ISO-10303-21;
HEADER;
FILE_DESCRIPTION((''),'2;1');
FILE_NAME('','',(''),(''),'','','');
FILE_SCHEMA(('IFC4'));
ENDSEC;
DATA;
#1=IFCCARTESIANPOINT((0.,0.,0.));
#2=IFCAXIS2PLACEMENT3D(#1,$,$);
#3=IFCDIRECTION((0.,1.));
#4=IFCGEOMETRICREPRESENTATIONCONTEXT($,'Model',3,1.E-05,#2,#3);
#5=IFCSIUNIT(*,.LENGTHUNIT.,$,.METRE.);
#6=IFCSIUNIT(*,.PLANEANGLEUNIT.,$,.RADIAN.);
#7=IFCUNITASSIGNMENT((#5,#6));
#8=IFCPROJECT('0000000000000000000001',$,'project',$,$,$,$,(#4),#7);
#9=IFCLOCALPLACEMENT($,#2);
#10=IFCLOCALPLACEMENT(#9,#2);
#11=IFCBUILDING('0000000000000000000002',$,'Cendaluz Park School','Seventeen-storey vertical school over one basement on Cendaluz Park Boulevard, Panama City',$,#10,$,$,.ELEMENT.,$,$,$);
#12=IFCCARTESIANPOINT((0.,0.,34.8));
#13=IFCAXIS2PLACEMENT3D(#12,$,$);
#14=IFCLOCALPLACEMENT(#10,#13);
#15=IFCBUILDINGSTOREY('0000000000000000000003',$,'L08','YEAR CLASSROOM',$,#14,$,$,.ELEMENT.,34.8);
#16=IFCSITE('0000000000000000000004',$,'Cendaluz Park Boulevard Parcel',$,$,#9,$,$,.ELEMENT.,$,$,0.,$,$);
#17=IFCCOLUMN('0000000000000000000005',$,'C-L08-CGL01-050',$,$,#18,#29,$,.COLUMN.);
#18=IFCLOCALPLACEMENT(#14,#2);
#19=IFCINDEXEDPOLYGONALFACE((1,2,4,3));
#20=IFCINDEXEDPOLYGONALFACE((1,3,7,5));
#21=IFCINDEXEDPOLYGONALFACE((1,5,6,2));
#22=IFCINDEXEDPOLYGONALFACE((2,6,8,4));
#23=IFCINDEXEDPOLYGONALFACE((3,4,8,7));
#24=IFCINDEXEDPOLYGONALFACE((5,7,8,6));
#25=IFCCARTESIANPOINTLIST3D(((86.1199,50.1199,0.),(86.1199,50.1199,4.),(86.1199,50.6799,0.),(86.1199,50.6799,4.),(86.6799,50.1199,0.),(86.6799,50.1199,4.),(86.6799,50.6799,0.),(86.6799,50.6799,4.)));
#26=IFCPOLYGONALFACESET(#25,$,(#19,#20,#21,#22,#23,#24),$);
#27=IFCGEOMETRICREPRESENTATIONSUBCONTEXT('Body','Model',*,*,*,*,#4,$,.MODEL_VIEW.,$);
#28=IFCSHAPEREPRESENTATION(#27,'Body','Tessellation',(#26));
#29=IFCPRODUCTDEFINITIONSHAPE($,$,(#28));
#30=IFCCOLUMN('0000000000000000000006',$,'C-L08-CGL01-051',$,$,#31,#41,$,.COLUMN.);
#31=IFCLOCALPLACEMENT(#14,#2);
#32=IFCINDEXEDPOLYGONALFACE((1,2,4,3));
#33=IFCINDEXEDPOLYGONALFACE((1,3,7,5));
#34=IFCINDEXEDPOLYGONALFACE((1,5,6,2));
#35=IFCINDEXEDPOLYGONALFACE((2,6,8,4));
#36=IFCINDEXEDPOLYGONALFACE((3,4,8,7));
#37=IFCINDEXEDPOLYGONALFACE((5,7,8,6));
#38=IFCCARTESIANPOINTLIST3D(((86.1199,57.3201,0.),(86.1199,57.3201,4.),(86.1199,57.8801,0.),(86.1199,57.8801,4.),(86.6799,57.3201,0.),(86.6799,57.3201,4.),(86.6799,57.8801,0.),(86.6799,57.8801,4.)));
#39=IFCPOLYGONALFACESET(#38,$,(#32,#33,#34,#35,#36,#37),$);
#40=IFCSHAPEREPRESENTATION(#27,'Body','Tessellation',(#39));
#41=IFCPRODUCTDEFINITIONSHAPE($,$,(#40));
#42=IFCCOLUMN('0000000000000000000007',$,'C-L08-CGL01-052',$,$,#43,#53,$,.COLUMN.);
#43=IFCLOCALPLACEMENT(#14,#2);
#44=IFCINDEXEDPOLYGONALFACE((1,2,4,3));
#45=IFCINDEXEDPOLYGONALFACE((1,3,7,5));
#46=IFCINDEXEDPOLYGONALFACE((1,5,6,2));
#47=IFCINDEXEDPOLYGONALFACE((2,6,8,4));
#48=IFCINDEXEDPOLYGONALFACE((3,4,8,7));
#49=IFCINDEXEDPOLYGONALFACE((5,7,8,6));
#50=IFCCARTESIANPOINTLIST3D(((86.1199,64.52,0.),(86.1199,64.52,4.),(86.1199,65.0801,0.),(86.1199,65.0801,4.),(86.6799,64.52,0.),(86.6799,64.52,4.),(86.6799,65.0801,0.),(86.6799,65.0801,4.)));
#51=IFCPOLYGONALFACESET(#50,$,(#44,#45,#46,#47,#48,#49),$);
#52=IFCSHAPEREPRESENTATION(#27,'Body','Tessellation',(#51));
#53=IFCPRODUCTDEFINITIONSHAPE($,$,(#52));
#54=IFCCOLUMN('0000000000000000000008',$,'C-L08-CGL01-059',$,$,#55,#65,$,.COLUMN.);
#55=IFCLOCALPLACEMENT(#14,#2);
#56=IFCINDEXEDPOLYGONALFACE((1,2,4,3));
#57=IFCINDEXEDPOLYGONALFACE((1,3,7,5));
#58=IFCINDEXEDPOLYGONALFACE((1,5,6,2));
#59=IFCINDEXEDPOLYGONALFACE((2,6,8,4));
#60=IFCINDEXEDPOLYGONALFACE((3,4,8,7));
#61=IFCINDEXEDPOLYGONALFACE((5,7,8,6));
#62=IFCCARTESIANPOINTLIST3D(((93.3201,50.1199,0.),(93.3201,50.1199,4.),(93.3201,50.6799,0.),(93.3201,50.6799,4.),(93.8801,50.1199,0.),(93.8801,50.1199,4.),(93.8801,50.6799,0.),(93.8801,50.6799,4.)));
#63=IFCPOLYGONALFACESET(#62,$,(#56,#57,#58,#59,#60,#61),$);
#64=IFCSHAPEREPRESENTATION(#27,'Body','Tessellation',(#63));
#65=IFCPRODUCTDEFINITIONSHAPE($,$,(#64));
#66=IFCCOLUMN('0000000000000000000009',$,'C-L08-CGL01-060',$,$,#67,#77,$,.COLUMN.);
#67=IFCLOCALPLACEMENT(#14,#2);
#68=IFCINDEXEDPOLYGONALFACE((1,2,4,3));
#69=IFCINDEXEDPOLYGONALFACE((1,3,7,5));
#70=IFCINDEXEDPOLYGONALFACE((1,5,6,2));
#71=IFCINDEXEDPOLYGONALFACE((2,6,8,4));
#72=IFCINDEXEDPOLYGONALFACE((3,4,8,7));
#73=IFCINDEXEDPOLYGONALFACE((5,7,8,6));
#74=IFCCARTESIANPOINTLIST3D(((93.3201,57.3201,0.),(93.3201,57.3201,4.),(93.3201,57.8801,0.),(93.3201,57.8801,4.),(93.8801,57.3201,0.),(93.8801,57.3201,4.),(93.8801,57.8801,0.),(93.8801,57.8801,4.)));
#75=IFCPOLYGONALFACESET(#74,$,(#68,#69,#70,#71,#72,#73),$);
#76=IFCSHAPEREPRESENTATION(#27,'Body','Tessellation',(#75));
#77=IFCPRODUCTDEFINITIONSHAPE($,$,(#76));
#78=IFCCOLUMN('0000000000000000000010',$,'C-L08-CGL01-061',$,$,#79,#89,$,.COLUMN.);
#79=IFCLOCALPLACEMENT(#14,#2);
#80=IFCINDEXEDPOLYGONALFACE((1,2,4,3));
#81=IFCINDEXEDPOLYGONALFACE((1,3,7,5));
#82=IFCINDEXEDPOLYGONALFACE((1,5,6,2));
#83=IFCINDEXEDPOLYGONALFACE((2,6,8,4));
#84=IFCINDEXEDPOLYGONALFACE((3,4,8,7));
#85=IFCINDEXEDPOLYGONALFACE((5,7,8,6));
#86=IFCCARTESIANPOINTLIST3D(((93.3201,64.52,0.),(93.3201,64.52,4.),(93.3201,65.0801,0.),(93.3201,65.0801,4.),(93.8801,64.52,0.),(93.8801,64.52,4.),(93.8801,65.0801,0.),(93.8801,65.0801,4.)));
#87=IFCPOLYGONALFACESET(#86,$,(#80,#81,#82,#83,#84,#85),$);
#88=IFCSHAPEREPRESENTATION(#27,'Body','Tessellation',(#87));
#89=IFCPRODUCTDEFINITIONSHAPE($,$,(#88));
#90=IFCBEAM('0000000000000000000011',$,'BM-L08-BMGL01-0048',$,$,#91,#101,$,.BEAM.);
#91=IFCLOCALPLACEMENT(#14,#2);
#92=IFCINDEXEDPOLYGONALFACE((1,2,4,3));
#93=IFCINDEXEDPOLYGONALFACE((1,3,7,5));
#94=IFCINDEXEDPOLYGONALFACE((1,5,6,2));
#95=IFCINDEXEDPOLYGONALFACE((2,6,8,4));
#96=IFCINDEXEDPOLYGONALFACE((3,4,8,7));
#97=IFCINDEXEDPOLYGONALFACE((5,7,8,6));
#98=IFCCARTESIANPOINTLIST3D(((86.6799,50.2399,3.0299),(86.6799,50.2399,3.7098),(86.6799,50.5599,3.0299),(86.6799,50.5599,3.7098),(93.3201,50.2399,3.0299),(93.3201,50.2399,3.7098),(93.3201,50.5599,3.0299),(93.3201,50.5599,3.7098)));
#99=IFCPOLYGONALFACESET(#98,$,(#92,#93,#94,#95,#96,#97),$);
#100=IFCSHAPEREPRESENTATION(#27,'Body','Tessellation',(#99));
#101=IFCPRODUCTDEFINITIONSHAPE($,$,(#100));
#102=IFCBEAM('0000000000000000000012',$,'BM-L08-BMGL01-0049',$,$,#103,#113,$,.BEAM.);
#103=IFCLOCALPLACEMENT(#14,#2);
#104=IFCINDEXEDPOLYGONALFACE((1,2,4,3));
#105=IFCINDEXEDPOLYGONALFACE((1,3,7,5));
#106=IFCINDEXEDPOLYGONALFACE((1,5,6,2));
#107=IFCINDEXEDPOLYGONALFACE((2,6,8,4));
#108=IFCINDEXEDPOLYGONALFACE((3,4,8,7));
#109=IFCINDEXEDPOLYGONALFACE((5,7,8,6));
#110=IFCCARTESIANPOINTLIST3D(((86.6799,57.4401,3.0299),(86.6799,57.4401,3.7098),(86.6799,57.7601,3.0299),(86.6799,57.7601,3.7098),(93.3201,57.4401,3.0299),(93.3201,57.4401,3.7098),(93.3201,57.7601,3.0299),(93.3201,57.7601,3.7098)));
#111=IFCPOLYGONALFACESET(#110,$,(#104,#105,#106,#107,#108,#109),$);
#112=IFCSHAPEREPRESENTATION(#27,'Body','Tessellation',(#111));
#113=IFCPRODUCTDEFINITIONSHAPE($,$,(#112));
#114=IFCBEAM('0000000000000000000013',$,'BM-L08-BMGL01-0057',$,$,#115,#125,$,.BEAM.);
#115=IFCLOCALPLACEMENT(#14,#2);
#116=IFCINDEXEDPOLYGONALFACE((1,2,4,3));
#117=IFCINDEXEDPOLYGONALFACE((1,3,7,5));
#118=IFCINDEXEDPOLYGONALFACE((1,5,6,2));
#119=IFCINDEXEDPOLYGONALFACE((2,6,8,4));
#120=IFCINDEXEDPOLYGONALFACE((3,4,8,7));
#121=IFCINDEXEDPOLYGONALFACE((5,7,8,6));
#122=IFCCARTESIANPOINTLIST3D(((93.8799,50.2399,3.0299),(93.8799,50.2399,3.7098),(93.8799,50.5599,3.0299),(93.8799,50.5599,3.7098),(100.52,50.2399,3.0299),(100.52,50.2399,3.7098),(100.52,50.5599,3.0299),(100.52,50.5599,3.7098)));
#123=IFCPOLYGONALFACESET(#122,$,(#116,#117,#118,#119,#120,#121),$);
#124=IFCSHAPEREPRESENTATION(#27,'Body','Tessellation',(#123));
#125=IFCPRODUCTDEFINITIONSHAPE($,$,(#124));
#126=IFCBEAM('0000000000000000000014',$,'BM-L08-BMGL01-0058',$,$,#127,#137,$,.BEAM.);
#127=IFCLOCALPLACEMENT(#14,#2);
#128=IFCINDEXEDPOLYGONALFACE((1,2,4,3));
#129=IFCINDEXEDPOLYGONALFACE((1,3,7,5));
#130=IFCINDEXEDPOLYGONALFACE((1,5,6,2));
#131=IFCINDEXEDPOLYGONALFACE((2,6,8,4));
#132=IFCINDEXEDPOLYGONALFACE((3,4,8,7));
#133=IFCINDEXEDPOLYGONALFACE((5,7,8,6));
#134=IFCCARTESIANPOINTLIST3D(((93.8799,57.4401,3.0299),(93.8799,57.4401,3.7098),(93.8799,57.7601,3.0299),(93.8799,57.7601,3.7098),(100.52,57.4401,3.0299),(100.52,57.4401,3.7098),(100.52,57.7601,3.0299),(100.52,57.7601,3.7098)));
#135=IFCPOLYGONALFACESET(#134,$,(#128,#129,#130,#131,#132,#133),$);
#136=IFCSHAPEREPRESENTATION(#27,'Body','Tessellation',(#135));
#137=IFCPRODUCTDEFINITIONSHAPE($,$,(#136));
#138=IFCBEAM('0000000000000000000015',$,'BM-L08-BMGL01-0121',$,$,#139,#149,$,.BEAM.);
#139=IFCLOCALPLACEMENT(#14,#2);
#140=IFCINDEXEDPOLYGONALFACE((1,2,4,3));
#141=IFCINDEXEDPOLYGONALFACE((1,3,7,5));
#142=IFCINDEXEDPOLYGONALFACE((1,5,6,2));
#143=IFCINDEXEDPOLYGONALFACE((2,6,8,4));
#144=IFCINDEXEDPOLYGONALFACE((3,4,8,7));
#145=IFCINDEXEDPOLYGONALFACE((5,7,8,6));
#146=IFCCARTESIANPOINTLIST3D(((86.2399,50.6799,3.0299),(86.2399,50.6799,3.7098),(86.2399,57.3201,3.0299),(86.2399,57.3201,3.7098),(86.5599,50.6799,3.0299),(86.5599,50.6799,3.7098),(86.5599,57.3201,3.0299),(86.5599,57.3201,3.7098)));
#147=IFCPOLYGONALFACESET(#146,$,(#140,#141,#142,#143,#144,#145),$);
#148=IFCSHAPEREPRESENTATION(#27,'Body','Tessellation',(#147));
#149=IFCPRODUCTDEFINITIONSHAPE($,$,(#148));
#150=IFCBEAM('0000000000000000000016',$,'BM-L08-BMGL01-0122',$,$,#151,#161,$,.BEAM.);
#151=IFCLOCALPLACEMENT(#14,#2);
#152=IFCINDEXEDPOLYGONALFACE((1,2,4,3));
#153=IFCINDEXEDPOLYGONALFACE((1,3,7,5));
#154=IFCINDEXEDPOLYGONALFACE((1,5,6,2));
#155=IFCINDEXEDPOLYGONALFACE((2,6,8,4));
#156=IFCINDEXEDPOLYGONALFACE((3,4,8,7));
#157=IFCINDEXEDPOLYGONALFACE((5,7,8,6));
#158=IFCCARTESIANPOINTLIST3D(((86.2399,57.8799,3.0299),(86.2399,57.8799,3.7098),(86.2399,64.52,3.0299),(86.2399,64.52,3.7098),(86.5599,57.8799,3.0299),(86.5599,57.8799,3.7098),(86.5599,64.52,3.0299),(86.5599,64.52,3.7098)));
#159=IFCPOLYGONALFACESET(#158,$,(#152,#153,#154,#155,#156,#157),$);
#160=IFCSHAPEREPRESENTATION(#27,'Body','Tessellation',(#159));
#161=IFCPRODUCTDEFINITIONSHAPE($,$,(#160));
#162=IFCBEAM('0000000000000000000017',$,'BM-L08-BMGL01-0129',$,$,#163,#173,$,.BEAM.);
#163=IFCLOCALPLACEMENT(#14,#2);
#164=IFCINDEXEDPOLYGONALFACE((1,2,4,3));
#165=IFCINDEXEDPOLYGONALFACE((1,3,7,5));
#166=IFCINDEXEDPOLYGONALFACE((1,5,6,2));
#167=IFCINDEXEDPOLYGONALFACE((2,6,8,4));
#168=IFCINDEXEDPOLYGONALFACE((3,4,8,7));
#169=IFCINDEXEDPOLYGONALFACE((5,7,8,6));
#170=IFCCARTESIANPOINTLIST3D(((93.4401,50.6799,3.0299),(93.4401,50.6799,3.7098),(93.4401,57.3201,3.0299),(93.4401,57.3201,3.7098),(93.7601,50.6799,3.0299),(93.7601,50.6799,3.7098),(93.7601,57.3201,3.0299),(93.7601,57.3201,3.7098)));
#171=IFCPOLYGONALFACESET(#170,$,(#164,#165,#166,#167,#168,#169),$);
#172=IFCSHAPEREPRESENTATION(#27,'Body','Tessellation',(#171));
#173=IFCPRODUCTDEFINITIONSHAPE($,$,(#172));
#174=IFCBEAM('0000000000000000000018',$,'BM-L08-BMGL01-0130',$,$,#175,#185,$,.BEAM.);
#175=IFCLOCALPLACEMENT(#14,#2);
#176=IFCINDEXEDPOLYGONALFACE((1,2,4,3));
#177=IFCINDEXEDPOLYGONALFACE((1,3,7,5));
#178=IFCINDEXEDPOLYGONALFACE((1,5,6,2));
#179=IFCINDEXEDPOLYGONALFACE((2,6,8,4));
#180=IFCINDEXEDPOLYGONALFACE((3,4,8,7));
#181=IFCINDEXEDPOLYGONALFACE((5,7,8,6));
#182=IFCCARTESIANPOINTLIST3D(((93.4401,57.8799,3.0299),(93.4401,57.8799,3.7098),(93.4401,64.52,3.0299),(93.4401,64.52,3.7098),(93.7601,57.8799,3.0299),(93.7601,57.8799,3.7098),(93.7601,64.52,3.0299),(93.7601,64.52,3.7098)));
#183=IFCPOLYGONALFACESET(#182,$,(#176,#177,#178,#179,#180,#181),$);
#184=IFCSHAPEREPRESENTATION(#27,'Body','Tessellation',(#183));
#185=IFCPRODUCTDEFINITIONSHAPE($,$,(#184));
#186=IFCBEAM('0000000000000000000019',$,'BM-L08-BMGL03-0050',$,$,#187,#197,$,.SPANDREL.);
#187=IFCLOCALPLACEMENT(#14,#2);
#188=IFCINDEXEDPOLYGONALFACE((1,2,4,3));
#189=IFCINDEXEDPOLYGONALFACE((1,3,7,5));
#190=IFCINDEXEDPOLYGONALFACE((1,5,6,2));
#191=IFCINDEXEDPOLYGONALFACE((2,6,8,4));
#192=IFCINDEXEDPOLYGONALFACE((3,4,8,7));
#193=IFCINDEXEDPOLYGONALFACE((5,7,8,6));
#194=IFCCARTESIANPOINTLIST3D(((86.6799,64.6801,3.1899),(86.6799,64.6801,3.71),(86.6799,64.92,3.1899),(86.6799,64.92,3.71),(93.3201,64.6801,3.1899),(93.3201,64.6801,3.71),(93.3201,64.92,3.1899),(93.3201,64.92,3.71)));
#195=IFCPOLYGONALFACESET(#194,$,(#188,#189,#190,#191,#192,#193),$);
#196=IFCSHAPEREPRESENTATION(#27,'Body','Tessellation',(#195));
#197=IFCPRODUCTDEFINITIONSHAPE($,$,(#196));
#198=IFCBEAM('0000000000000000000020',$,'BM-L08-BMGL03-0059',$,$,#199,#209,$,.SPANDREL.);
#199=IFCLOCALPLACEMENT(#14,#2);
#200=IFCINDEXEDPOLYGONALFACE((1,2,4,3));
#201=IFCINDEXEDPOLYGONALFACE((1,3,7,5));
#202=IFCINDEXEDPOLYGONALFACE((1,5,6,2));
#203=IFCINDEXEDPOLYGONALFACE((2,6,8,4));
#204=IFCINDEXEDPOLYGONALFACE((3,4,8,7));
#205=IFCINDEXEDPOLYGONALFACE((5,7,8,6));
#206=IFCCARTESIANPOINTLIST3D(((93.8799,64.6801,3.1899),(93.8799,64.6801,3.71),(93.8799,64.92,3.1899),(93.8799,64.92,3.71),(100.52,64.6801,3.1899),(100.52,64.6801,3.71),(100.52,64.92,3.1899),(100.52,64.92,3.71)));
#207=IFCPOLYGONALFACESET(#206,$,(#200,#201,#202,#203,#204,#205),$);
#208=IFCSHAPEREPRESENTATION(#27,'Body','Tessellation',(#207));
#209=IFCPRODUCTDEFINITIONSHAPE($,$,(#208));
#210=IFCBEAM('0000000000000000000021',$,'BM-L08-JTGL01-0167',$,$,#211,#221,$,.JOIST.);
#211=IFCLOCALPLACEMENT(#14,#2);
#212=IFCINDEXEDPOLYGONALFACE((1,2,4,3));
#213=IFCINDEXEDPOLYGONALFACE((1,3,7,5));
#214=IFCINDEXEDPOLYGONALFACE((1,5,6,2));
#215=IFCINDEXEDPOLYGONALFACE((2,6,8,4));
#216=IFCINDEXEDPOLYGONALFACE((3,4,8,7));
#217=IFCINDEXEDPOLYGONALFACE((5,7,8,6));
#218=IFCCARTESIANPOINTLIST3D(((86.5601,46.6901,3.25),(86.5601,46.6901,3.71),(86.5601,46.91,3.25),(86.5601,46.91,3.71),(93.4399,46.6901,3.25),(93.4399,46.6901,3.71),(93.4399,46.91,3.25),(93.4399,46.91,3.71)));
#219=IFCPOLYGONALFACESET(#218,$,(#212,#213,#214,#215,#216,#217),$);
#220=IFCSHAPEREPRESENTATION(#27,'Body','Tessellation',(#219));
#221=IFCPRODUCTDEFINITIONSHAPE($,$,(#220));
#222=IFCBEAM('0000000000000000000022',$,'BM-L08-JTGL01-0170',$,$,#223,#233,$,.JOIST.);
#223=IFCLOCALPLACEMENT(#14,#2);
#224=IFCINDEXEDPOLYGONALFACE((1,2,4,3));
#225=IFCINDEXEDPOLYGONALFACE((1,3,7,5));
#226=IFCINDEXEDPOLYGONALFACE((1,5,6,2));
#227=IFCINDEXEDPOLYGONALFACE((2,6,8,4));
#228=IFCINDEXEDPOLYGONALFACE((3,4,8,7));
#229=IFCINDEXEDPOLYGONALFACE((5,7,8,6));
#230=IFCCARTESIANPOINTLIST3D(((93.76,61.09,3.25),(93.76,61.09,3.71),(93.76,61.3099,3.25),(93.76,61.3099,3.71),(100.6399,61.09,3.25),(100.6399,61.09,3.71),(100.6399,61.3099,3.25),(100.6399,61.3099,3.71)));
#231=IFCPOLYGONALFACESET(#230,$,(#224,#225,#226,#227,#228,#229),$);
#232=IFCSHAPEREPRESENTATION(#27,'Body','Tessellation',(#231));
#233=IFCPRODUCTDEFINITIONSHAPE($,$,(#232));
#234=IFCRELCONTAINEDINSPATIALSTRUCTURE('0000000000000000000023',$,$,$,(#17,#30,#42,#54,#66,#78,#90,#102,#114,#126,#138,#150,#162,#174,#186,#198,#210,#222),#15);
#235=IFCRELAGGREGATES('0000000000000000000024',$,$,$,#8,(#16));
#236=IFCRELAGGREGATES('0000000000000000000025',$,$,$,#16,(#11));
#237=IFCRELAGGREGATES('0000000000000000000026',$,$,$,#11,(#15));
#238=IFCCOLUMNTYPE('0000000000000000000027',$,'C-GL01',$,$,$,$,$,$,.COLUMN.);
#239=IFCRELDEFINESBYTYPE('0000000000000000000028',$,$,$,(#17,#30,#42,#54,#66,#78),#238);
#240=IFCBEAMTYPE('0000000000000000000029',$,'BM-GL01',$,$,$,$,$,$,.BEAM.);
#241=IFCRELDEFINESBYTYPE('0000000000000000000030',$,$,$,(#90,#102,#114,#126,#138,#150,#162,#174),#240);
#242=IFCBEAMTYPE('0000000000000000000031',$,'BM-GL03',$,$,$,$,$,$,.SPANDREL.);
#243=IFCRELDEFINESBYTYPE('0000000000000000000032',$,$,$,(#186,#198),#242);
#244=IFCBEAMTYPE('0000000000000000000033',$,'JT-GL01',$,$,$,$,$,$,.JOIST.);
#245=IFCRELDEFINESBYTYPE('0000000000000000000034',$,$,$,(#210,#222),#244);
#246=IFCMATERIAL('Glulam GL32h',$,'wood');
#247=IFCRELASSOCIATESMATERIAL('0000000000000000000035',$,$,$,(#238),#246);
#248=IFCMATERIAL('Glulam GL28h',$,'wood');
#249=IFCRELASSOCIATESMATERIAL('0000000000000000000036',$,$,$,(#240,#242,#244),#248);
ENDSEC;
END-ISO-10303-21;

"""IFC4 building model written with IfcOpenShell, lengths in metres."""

from ifc_helpers import new_model, si_unit, direction, frame, origin, origin_2d, place, context, subcontext, project, spatial, rectangle, extrude, material, material_profile, profile_set, type_object, element, save


model = new_model("IFC4")

# Units and contexts
model_context = context("Model", 3, precision=1e-05, world=origin(), true_north=direction((0.0, 1.0)))
body_context = subcontext(model_context, "Body", "Model", "MODEL_VIEW")
ifc_project = project(units=[si_unit("LENGTHUNIT", "METRE"), si_unit("PLANEANGLEUNIT", "RADIAN")], contexts=[model_context])

# Site, building, storey
site_placement = place(None, origin())
site = spatial("IfcSite", under=ifc_project, at=site_placement, Name="Cendaluz Park Boulevard Parcel", CompositionType="ELEMENT", RefElevation=0.0)
building_placement = place(site_placement, origin())
building = spatial("IfcBuilding", under=site, at=building_placement, Name="Cendaluz Park School", Description="Seventeen-storey vertical school over one basement on Cendaluz Park Boulevard, Panama City", CompositionType="ELEMENT")
storey_placement = place(building_placement, frame((0.0, 0.0, 34.8)))
storey = spatial("IfcBuildingStorey", under=building, at=storey_placement, Name="L08", Description="YEAR CLASSROOM", CompositionType="ELEMENT", Elevation=34.8)

# Columns
ifc_material_1 = material(Name="Glulam GL32h", Category="wood")
ifc_material_profile_1 = material_profile(ifc_material_1, rectangle(XDim=0.5601, YDim=0.5601, at=origin_2d()), Name="GL32h 560x560", Category="wood")
ifc_profile_set_1 = profile_set([ifc_material_profile_1], Name="Glulam GL32h")
column_type = type_object("IfcColumnType", Name="C-GL01", PredefinedType="COLUMN", material=ifc_profile_set_1)
for number, where, z_axis, x_axis, name in (
    (1, (86.3999, 50.3999, 0.0), (0.0, 0.0, 1.0), (1.0, 0.0, 0.0), "C-L08-CGL01-050"),
    (2, (86.3999, 57.6001, 0.0), (0.0, 0.0, 1.0), (1.0, 0.0, 0.0), "C-L08-CGL01-051"),
    (3, (86.3999, 64.8, 0.0), (0.0, 0.0, 1.0), (1.0, 0.0, 0.0), "C-L08-CGL01-052"),
    (4, (93.6001, 50.3999, 0.0), (0.0, 0.0, 1.0), (1.0, 0.0, 0.0), "C-L08-CGL01-059"),
    (5, (93.6001, 57.6001, 0.0), (0.0, 0.0, 1.0), (1.0, 0.0, 0.0), "C-L08-CGL01-060"),
    (6, (93.6001, 64.8, 0.0), (0.0, 0.0, 1.0), (1.0, 0.0, 0.0), "C-L08-CGL01-061"),
):
    element("IfcColumn", number, at=place(storey_placement, frame(where, z_axis=z_axis, x_axis=x_axis)), inside=storey, type_object=column_type, Name=name, PredefinedType="COLUMN", context=body_context, shape_type="SweptSolid", body=[
        extrude(rectangle(XDim=0.5601, YDim=0.5601, at=origin_2d()), origin(), (0.0, 0.0, 1.0), 4.0),
    ])

# Beams
ifc_material_2 = material(Name="Glulam GL28h", Category="wood")
ifc_material_profile_2 = material_profile(ifc_material_2, rectangle(XDim=0.3201, YDim=0.6799, at=origin_2d()), Name="GL28h 320x680", Category="wood")
ifc_profile_set_2 = profile_set([ifc_material_profile_2], Name="Glulam GL28h")
beam_type_1 = type_object("IfcBeamType", Name="BM-GL01", PredefinedType="BEAM", material=ifc_profile_set_2)
for number, where, z_axis, x_axis, name in (
    (7, (86.6799, 50.3999, 3.3699), (1.0, 0.0, 0.0), (0.0, 1.0, 0.0), "BM-L08-BMGL01-0048"),
    (8, (86.6799, 57.6001, 3.3699), (1.0, 0.0, 0.0), (0.0, 1.0, 0.0), "BM-L08-BMGL01-0049"),
    (9, (93.8799, 50.3999, 3.3699), (1.0, 0.0, 0.0), (0.0, 1.0, 0.0), "BM-L08-BMGL01-0057"),
    (10, (93.8799, 57.6001, 3.3699), (1.0, 0.0, 0.0), (0.0, 1.0, 0.0), "BM-L08-BMGL01-0058"),
    (11, (86.3999, 50.6799, 3.3699), (0.0, 1.0, 0.0), (-1.0, 0.0, 0.0), "BM-L08-BMGL01-0121"),
    (12, (86.3999, 57.8799, 3.3699), (0.0, 1.0, 0.0), (-1.0, 0.0, 0.0), "BM-L08-BMGL01-0122"),
    (13, (93.6001, 50.6799, 3.3699), (0.0, 1.0, 0.0), (-1.0, 0.0, 0.0), "BM-L08-BMGL01-0129"),
    (14, (93.6001, 57.8799, 3.3699), (0.0, 1.0, 0.0), (-1.0, 0.0, 0.0), "BM-L08-BMGL01-0130"),
):
    element("IfcBeam", number, at=place(storey_placement, frame(where, z_axis=z_axis, x_axis=x_axis)), inside=storey, type_object=beam_type_1, Name=name, PredefinedType="BEAM", context=body_context, shape_type="SweptSolid", body=[
        extrude(rectangle(XDim=0.3201, YDim=0.6799, at=origin_2d()), origin(), (0.0, 0.0, 1.0), 6.6401),
    ])
ifc_material_profile_3 = material_profile(ifc_material_2, rectangle(XDim=0.24, YDim=0.52, at=origin_2d()), Name="GL28h 240x520", Category="wood")
ifc_profile_set_3 = profile_set([ifc_material_profile_3], Name="Glulam GL28h")
beam_type_2 = type_object("IfcBeamType", Name="BM-GL03", PredefinedType="SPANDREL", material=ifc_profile_set_3)
for number, where, z_axis, x_axis, name in (
    (15, (86.6799, 64.8, 3.45), (1.0, 0.0, 0.0), (0.0, 1.0, 0.0), "BM-L08-BMGL03-0050"),
    (16, (93.8799, 64.8, 3.45), (1.0, 0.0, 0.0), (0.0, 1.0, 0.0), "BM-L08-BMGL03-0059"),
):
    element("IfcBeam", number, at=place(storey_placement, frame(where, z_axis=z_axis, x_axis=x_axis)), inside=storey, type_object=beam_type_2, Name=name, PredefinedType="SPANDREL", context=body_context, shape_type="SweptSolid", body=[
        extrude(rectangle(XDim=0.24, YDim=0.52, at=origin_2d()), origin(), (0.0, 0.0, 1.0), 6.6401),
    ])
ifc_material_profile_4 = material_profile(ifc_material_2, rectangle(XDim=0.22, YDim=0.46, at=origin_2d()), Name="GL28h 220x460", Category="wood")
ifc_profile_set_4 = profile_set([ifc_material_profile_4], Name="Glulam GL28h")
beam_type_3 = type_object("IfcBeamType", Name="JT-GL01", PredefinedType="JOIST", material=ifc_profile_set_4)
for number, where, z_axis, x_axis, name in (
    (17, (86.5601, 46.8, 3.48), (1.0, 0.0, 0.0), (0.0, 1.0, 0.0), "BM-L08-JTGL01-0167"),
    (18, (93.76, 61.2, 3.48), (1.0, 0.0, 0.0), (0.0, 1.0, 0.0), "BM-L08-JTGL01-0170"),
):
    element("IfcBeam", number, at=place(storey_placement, frame(where, z_axis=z_axis, x_axis=x_axis)), inside=storey, type_object=beam_type_3, Name=name, PredefinedType="JOIST", context=body_context, shape_type="SweptSolid", body=[
        extrude(rectangle(XDim=0.22, YDim=0.46, at=origin_2d()), origin(), (0.0, 0.0, 1.0), 6.8799),
    ])

save(model, "model.ifc")
